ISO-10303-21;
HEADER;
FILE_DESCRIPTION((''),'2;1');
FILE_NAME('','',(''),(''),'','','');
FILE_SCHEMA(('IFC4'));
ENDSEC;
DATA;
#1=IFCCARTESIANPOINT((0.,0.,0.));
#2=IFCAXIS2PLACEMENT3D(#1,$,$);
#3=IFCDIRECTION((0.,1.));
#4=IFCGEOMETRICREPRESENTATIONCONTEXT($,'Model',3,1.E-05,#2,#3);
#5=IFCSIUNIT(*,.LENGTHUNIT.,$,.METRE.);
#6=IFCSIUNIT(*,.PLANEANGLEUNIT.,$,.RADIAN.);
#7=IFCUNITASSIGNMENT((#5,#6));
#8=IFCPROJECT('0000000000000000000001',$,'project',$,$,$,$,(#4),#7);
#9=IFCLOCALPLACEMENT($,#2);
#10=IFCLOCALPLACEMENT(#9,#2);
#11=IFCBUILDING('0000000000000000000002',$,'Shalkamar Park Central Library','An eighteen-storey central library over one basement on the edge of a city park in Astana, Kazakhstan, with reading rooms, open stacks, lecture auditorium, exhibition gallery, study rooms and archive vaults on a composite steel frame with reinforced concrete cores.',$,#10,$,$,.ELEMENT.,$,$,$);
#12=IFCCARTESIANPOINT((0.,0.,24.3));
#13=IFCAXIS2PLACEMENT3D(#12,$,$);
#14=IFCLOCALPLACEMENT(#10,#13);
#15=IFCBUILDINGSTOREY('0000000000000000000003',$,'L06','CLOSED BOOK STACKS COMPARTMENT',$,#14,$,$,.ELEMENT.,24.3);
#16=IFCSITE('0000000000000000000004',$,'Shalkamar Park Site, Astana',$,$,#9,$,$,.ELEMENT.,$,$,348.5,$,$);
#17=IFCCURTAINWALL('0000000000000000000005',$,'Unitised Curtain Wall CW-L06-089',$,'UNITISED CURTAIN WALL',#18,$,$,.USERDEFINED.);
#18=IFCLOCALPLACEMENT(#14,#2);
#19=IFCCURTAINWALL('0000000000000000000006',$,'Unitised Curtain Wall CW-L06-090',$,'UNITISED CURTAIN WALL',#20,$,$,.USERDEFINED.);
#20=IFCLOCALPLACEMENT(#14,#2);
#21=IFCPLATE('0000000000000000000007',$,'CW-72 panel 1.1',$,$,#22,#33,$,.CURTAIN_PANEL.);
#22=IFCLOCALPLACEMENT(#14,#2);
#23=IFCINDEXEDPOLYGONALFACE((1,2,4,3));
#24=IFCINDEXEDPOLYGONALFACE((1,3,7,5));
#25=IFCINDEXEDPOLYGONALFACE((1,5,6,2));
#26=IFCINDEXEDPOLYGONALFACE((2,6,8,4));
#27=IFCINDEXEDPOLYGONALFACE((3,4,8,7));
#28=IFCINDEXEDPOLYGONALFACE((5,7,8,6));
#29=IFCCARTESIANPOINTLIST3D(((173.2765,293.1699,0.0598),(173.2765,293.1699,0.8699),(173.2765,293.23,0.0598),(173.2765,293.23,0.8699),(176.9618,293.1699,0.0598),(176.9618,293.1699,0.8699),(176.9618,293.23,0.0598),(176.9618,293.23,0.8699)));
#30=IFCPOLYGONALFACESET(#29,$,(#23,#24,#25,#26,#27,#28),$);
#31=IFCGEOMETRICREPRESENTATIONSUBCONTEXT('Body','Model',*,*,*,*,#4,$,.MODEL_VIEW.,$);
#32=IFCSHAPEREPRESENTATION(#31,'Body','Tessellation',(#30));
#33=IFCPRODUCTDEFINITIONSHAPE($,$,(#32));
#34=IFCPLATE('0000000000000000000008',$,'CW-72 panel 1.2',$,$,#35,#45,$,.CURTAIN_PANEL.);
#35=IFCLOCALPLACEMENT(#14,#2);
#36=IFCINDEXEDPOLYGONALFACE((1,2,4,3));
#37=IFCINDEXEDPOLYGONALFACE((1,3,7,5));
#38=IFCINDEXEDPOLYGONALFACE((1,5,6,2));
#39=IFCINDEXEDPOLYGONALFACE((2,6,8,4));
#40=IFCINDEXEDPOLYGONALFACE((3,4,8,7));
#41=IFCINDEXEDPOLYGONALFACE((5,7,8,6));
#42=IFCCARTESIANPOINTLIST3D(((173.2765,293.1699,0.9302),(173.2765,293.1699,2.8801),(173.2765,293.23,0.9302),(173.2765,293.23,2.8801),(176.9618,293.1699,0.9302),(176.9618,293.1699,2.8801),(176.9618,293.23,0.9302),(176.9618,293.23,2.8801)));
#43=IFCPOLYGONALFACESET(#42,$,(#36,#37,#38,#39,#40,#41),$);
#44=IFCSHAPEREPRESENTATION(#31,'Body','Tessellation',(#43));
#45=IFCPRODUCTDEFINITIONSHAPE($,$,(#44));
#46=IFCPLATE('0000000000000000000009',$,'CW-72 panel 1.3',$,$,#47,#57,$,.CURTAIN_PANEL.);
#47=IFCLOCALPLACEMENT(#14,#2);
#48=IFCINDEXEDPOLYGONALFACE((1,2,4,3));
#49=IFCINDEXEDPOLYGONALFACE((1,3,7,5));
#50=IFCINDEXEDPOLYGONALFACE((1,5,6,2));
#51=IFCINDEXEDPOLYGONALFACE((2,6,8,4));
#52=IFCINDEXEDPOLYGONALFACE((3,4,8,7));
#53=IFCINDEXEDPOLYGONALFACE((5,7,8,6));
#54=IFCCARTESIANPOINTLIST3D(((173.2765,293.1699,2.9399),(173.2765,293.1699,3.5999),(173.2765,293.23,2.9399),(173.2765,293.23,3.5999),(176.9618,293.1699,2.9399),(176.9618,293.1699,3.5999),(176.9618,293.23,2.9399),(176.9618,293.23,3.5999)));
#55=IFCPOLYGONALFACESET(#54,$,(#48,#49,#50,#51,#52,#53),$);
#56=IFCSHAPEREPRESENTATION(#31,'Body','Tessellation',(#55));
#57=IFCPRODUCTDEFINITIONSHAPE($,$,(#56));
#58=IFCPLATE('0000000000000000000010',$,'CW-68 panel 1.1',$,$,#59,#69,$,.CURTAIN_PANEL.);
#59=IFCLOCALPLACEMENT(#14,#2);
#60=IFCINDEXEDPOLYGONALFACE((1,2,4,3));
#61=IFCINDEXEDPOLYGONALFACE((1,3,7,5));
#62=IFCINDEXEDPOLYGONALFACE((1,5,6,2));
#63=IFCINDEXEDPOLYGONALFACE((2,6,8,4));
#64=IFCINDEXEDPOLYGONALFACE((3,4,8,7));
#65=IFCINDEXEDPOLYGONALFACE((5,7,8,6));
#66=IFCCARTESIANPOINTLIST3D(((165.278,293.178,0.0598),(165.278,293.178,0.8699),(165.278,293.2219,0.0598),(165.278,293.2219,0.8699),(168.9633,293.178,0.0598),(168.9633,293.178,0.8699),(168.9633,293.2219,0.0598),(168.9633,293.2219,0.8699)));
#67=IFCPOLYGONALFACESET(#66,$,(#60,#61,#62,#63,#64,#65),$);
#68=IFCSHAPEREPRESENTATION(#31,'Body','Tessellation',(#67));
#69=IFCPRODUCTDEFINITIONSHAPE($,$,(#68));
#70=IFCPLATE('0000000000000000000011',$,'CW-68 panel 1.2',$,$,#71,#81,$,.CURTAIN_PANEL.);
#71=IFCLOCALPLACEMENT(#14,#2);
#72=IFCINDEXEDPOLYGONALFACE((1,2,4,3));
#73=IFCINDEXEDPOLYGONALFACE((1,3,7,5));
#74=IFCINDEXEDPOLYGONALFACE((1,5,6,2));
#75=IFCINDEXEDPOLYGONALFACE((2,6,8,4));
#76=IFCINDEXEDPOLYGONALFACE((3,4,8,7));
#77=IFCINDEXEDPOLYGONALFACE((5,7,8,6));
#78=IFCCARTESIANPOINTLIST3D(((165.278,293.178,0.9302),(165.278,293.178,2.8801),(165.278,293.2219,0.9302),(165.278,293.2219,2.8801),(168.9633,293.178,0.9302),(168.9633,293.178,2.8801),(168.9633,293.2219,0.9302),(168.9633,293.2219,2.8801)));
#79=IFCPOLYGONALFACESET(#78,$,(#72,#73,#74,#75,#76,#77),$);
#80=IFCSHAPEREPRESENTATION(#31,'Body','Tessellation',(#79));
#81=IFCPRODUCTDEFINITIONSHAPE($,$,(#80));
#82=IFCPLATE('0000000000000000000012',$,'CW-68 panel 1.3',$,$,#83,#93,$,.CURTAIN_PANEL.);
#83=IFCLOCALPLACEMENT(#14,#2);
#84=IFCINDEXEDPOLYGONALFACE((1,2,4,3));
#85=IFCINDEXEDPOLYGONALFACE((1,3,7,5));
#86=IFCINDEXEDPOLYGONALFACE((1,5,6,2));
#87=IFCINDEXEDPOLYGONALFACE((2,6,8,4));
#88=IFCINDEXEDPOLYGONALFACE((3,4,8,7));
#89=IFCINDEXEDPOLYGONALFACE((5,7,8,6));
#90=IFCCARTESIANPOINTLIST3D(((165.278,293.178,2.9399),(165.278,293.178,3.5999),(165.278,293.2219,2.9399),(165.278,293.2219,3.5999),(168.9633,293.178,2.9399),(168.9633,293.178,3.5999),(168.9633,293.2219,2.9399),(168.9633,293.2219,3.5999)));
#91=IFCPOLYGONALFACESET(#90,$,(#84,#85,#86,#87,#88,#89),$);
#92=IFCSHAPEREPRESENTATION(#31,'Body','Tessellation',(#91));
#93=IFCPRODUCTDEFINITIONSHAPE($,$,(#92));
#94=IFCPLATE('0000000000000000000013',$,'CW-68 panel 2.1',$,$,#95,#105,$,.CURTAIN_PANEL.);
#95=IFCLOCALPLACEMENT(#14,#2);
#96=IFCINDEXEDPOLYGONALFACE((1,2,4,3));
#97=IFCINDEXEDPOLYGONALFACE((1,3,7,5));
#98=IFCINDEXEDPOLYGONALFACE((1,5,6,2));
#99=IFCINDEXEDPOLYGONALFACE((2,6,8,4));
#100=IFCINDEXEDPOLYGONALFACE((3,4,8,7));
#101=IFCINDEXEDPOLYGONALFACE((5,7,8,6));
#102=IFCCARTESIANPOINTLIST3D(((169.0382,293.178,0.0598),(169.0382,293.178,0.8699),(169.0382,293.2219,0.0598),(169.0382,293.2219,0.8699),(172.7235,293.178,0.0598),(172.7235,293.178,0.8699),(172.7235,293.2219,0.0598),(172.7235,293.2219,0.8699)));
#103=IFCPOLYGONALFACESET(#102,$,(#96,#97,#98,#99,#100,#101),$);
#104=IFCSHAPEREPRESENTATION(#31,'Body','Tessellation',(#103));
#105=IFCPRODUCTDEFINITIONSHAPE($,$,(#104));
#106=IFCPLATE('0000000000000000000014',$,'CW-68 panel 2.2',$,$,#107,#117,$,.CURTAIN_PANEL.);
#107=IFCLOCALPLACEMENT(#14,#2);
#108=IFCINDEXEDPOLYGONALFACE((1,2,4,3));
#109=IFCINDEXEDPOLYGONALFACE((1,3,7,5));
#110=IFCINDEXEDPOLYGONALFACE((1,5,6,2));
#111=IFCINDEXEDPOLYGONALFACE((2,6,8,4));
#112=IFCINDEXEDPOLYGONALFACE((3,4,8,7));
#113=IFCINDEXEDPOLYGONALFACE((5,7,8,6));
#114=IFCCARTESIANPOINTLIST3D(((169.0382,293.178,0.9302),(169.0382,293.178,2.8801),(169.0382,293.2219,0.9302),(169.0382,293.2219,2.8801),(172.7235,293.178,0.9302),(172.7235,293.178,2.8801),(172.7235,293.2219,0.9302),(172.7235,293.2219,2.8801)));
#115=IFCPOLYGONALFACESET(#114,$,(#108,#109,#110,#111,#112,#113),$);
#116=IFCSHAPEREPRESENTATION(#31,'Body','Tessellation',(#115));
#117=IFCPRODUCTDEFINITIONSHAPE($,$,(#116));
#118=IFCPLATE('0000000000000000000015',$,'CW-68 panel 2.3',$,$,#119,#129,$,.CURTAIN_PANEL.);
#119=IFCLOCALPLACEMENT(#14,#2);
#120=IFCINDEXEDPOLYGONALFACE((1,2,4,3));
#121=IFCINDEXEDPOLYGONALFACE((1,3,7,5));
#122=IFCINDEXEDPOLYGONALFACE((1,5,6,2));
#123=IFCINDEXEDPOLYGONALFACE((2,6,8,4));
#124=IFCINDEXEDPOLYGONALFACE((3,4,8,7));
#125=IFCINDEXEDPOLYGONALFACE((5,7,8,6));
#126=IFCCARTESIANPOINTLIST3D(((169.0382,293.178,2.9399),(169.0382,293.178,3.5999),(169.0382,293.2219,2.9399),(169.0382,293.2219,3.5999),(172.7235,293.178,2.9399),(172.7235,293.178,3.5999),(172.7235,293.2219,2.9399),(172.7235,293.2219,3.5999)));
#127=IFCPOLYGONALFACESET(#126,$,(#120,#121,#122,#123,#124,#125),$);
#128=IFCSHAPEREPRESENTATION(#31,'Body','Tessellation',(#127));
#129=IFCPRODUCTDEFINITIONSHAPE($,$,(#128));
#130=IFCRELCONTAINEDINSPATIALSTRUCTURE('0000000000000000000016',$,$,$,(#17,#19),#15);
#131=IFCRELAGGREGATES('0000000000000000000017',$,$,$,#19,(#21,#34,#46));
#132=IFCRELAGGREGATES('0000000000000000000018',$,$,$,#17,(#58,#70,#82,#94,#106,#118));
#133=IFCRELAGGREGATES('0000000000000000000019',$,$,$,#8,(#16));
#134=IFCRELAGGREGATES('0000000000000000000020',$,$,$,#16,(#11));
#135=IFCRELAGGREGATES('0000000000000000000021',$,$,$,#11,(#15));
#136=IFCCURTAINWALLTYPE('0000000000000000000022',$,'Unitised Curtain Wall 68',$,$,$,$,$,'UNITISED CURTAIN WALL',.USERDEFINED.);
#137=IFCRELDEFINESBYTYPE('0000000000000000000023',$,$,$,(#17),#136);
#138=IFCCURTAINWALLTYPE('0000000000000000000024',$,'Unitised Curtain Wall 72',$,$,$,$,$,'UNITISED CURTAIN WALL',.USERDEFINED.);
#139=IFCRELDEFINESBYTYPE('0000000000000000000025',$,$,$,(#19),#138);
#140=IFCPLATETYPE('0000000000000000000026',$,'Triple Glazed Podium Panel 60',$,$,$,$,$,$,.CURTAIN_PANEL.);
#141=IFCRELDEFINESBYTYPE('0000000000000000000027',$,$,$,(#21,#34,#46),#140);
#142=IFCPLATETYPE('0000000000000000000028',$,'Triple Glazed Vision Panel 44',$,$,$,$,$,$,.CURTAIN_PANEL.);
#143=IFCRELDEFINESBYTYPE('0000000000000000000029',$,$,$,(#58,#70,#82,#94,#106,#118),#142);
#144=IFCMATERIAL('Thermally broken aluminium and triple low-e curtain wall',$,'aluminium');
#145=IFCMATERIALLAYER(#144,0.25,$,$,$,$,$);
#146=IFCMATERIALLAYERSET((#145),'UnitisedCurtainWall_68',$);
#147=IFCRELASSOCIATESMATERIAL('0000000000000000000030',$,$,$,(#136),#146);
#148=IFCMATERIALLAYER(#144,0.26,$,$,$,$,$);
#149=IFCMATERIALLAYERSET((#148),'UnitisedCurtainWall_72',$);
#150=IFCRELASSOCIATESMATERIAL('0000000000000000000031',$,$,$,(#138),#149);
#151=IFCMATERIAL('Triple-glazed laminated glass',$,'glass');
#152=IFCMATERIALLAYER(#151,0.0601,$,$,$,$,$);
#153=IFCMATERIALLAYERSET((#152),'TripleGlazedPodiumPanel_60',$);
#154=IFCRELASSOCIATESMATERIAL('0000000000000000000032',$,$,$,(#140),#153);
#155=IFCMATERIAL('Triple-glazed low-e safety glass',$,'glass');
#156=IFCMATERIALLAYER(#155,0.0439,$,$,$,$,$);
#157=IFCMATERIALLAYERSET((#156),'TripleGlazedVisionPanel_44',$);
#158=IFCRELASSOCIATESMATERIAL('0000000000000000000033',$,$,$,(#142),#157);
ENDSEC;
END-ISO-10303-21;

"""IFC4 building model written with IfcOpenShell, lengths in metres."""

from ifc_helpers import new_model, si_unit, direction, frame, origin, origin_2d, place, context, subcontext, project, spatial, rectangle, extrude, material, layer, layer_set, type_object, element, aggregate, save


model = new_model("IFC4")

# Units and contexts
model_context = context("Model", 3, precision=1e-05, world=origin(), true_north=direction((0.0, 1.0)))
body_context = subcontext(model_context, "Body", "Model", "MODEL_VIEW")
ifc_project = project(units=[si_unit("LENGTHUNIT", "METRE"), si_unit("PLANEANGLEUNIT", "RADIAN")], contexts=[model_context])

# Site, building, storey
site_placement = place(None, origin())
site = spatial("IfcSite", under=ifc_project, at=site_placement, Name="Shalkamar Park Site, Astana", CompositionType="ELEMENT", RefElevation=348.5)
building_placement = place(site_placement, origin())
building = spatial("IfcBuilding", under=site, at=building_placement, Name="Shalkamar Park Central Library", Description="An eighteen-storey central library over one basement on the edge of a city park in Astana, Kazakhstan, with reading rooms, open stacks, lecture auditorium, exhibition gallery, study rooms and archive vaults on a composite steel frame with reinforced concrete cores.", CompositionType="ELEMENT")
storey_placement = place(building_placement, frame((0.0, 0.0, 24.3)))
storey = spatial("IfcBuildingStorey", under=building, at=storey_placement, Name="L06", Description="CLOSED BOOK STACKS COMPARTMENT", CompositionType="ELEMENT", Elevation=24.3)

# Curtain walls
ifc_material_1 = material(Name="Thermally broken aluminium and triple low-e curtain wall", Category="aluminium")
ifc_layer_1 = layer(ifc_material_1, 0.25)
ifc_layer_set_1 = layer_set([ifc_layer_1], Name="UnitisedCurtainWall_68")
curtain_wall_type_1 = type_object("IfcCurtainWallType", Name="Unitised Curtain Wall 68", ElementType="UNITISED CURTAIN WALL", PredefinedType="USERDEFINED", material=ifc_layer_set_1)
curtain_wall_1_placement = place(storey_placement, origin())
curtain_wall_1 = element("IfcCurtainWall", 1, at=curtain_wall_1_placement, inside=storey, type_object=curtain_wall_type_1, Name="Unitised Curtain Wall CW-L06-089", ObjectType="UNITISED CURTAIN WALL", PredefinedType="USERDEFINED")
ifc_layer_2 = layer(ifc_material_1, 0.26)
ifc_layer_set_2 = layer_set([ifc_layer_2], Name="UnitisedCurtainWall_72")
curtain_wall_type_2 = type_object("IfcCurtainWallType", Name="Unitised Curtain Wall 72", ElementType="UNITISED CURTAIN WALL", PredefinedType="USERDEFINED", material=ifc_layer_set_2)
curtain_wall_2_placement = place(storey_placement, origin())
curtain_wall_2 = element("IfcCurtainWall", 2, at=curtain_wall_2_placement, inside=storey, type_object=curtain_wall_type_2, Name="Unitised Curtain Wall CW-L06-090", ObjectType="UNITISED CURTAIN WALL", PredefinedType="USERDEFINED")

# Plates
ifc_material_2 = material(Name="Triple-glazed laminated glass", Category="glass")
ifc_layer_3 = layer(ifc_material_2, 0.0601)
ifc_layer_set_3 = layer_set([ifc_layer_3], Name="TripleGlazedPodiumPanel_60")
plate_type_1 = type_object("IfcPlateType", Name="Triple Glazed Podium Panel 60", PredefinedType="CURTAIN_PANEL", material=ifc_layer_set_3)
plate_1_placement = place(storey_placement, frame((175.1191, 293.2, 0.0598), z_axis=(0.0, 0.0, 1.0), x_axis=(1.0, 0.0, 0.0)))
plate_1 = element("IfcPlate", 3, at=plate_1_placement, type_object=plate_type_1, Name="CW-72 panel 1.1", PredefinedType="CURTAIN_PANEL", context=body_context, shape_type="SweptSolid", body=[
    extrude(rectangle(XDim=3.6853, YDim=0.0601, at=origin_2d()), origin(), (0.0, 0.0, 1.0), 0.8101),
])
plate_2_placement = place(storey_placement, frame((175.1191, 293.2, 0.9302), z_axis=(0.0, 0.0, 1.0), x_axis=(1.0, 0.0, 0.0)))
plate_2 = element("IfcPlate", 4, at=plate_2_placement, type_object=plate_type_1, Name="CW-72 panel 1.2", PredefinedType="CURTAIN_PANEL", context=body_context, shape_type="SweptSolid", body=[
    extrude(rectangle(XDim=3.6853, YDim=0.0601, at=origin_2d()), origin(), (0.0, 0.0, 1.0), 1.95),
])
plate_3_placement = place(storey_placement, frame((175.1191, 293.2, 2.9399), z_axis=(0.0, 0.0, 1.0), x_axis=(1.0, 0.0, 0.0)))
plate_3 = element("IfcPlate", 5, at=plate_3_placement, type_object=plate_type_1, Name="CW-72 panel 1.3", PredefinedType="CURTAIN_PANEL", context=body_context, shape_type="SweptSolid", body=[
    extrude(rectangle(XDim=3.6853, YDim=0.0601, at=origin_2d()), origin(), (0.0, 0.0, 1.0), 0.6599),
])
aggregate(curtain_wall_2, [plate_1, plate_2, plate_3])
ifc_material_3 = material(Name="Triple-glazed low-e safety glass", Category="glass")
ifc_layer_4 = layer(ifc_material_3, 0.0439)
ifc_layer_set_4 = layer_set([ifc_layer_4], Name="TripleGlazedVisionPanel_44")
plate_type_2 = type_object("IfcPlateType", Name="Triple Glazed Vision Panel 44", PredefinedType="CURTAIN_PANEL", material=ifc_layer_set_4)
plate_4_placement = place(storey_placement, frame((167.1206, 293.2, 0.0598), z_axis=(0.0, 0.0, 1.0), x_axis=(1.0, 0.0, 0.0)))
plate_4 = element("IfcPlate", 6, at=plate_4_placement, type_object=plate_type_2, Name="CW-68 panel 1.1", PredefinedType="CURTAIN_PANEL", context=body_context, shape_type="SweptSolid", body=[
    extrude(rectangle(XDim=3.6853, YDim=0.0439, at=origin_2d()), origin(), (0.0, 0.0, 1.0), 0.8101),
])
plate_5_placement = place(storey_placement, frame((167.1206, 293.2, 0.9302), z_axis=(0.0, 0.0, 1.0), x_axis=(1.0, 0.0, 0.0)))
plate_5 = element("IfcPlate", 7, at=plate_5_placement, type_object=plate_type_2, Name="CW-68 panel 1.2", PredefinedType="CURTAIN_PANEL", context=body_context, shape_type="SweptSolid", body=[
    extrude(rectangle(XDim=3.6853, YDim=0.0439, at=origin_2d()), origin(), (0.0, 0.0, 1.0), 1.95),
])
plate_6_placement = place(storey_placement, frame((167.1206, 293.2, 2.9399), z_axis=(0.0, 0.0, 1.0), x_axis=(1.0, 0.0, 0.0)))
plate_6 = element("IfcPlate", 8, at=plate_6_placement, type_object=plate_type_2, Name="CW-68 panel 1.3", PredefinedType="CURTAIN_PANEL", context=body_context, shape_type="SweptSolid", body=[
    extrude(rectangle(XDim=3.6853, YDim=0.0439, at=origin_2d()), origin(), (0.0, 0.0, 1.0), 0.6599),
])
plate_7_placement = place(storey_placement, frame((170.8809, 293.2, 0.0598), z_axis=(0.0, 0.0, 1.0), x_axis=(1.0, 0.0, 0.0)))
plate_7 = element("IfcPlate", 9, at=plate_7_placement, type_object=plate_type_2, Name="CW-68 panel 2.1", PredefinedType="CURTAIN_PANEL", context=body_context, shape_type="SweptSolid", body=[
    extrude(rectangle(XDim=3.6853, YDim=0.0439, at=origin_2d()), origin(), (0.0, 0.0, 1.0), 0.8101),
])
plate_8_placement = place(storey_placement, frame((170.8809, 293.2, 0.9302), z_axis=(0.0, 0.0, 1.0), x_axis=(1.0, 0.0, 0.0)))
plate_8 = element("IfcPlate", 10, at=plate_8_placement, type_object=plate_type_2, Name="CW-68 panel 2.2", PredefinedType="CURTAIN_PANEL", context=body_context, shape_type="SweptSolid", body=[
    extrude(rectangle(XDim=3.6853, YDim=0.0439, at=origin_2d()), origin(), (0.0, 0.0, 1.0), 1.95),
])
plate_9_placement = place(storey_placement, frame((170.8809, 293.2, 2.9399), z_axis=(0.0, 0.0, 1.0), x_axis=(1.0, 0.0, 0.0)))
plate_9 = element("IfcPlate", 11, at=plate_9_placement, type_object=plate_type_2, Name="CW-68 panel 2.3", PredefinedType="CURTAIN_PANEL", context=body_context, shape_type="SweptSolid", body=[
    extrude(rectangle(XDim=3.6853, YDim=0.0439, at=origin_2d()), origin(), (0.0, 0.0, 1.0), 0.6599),
])
aggregate(curtain_wall_1, [plate_4, plate_5, plate_6, plate_7, plate_8, plate_9])

save(model, "model.ifc")
